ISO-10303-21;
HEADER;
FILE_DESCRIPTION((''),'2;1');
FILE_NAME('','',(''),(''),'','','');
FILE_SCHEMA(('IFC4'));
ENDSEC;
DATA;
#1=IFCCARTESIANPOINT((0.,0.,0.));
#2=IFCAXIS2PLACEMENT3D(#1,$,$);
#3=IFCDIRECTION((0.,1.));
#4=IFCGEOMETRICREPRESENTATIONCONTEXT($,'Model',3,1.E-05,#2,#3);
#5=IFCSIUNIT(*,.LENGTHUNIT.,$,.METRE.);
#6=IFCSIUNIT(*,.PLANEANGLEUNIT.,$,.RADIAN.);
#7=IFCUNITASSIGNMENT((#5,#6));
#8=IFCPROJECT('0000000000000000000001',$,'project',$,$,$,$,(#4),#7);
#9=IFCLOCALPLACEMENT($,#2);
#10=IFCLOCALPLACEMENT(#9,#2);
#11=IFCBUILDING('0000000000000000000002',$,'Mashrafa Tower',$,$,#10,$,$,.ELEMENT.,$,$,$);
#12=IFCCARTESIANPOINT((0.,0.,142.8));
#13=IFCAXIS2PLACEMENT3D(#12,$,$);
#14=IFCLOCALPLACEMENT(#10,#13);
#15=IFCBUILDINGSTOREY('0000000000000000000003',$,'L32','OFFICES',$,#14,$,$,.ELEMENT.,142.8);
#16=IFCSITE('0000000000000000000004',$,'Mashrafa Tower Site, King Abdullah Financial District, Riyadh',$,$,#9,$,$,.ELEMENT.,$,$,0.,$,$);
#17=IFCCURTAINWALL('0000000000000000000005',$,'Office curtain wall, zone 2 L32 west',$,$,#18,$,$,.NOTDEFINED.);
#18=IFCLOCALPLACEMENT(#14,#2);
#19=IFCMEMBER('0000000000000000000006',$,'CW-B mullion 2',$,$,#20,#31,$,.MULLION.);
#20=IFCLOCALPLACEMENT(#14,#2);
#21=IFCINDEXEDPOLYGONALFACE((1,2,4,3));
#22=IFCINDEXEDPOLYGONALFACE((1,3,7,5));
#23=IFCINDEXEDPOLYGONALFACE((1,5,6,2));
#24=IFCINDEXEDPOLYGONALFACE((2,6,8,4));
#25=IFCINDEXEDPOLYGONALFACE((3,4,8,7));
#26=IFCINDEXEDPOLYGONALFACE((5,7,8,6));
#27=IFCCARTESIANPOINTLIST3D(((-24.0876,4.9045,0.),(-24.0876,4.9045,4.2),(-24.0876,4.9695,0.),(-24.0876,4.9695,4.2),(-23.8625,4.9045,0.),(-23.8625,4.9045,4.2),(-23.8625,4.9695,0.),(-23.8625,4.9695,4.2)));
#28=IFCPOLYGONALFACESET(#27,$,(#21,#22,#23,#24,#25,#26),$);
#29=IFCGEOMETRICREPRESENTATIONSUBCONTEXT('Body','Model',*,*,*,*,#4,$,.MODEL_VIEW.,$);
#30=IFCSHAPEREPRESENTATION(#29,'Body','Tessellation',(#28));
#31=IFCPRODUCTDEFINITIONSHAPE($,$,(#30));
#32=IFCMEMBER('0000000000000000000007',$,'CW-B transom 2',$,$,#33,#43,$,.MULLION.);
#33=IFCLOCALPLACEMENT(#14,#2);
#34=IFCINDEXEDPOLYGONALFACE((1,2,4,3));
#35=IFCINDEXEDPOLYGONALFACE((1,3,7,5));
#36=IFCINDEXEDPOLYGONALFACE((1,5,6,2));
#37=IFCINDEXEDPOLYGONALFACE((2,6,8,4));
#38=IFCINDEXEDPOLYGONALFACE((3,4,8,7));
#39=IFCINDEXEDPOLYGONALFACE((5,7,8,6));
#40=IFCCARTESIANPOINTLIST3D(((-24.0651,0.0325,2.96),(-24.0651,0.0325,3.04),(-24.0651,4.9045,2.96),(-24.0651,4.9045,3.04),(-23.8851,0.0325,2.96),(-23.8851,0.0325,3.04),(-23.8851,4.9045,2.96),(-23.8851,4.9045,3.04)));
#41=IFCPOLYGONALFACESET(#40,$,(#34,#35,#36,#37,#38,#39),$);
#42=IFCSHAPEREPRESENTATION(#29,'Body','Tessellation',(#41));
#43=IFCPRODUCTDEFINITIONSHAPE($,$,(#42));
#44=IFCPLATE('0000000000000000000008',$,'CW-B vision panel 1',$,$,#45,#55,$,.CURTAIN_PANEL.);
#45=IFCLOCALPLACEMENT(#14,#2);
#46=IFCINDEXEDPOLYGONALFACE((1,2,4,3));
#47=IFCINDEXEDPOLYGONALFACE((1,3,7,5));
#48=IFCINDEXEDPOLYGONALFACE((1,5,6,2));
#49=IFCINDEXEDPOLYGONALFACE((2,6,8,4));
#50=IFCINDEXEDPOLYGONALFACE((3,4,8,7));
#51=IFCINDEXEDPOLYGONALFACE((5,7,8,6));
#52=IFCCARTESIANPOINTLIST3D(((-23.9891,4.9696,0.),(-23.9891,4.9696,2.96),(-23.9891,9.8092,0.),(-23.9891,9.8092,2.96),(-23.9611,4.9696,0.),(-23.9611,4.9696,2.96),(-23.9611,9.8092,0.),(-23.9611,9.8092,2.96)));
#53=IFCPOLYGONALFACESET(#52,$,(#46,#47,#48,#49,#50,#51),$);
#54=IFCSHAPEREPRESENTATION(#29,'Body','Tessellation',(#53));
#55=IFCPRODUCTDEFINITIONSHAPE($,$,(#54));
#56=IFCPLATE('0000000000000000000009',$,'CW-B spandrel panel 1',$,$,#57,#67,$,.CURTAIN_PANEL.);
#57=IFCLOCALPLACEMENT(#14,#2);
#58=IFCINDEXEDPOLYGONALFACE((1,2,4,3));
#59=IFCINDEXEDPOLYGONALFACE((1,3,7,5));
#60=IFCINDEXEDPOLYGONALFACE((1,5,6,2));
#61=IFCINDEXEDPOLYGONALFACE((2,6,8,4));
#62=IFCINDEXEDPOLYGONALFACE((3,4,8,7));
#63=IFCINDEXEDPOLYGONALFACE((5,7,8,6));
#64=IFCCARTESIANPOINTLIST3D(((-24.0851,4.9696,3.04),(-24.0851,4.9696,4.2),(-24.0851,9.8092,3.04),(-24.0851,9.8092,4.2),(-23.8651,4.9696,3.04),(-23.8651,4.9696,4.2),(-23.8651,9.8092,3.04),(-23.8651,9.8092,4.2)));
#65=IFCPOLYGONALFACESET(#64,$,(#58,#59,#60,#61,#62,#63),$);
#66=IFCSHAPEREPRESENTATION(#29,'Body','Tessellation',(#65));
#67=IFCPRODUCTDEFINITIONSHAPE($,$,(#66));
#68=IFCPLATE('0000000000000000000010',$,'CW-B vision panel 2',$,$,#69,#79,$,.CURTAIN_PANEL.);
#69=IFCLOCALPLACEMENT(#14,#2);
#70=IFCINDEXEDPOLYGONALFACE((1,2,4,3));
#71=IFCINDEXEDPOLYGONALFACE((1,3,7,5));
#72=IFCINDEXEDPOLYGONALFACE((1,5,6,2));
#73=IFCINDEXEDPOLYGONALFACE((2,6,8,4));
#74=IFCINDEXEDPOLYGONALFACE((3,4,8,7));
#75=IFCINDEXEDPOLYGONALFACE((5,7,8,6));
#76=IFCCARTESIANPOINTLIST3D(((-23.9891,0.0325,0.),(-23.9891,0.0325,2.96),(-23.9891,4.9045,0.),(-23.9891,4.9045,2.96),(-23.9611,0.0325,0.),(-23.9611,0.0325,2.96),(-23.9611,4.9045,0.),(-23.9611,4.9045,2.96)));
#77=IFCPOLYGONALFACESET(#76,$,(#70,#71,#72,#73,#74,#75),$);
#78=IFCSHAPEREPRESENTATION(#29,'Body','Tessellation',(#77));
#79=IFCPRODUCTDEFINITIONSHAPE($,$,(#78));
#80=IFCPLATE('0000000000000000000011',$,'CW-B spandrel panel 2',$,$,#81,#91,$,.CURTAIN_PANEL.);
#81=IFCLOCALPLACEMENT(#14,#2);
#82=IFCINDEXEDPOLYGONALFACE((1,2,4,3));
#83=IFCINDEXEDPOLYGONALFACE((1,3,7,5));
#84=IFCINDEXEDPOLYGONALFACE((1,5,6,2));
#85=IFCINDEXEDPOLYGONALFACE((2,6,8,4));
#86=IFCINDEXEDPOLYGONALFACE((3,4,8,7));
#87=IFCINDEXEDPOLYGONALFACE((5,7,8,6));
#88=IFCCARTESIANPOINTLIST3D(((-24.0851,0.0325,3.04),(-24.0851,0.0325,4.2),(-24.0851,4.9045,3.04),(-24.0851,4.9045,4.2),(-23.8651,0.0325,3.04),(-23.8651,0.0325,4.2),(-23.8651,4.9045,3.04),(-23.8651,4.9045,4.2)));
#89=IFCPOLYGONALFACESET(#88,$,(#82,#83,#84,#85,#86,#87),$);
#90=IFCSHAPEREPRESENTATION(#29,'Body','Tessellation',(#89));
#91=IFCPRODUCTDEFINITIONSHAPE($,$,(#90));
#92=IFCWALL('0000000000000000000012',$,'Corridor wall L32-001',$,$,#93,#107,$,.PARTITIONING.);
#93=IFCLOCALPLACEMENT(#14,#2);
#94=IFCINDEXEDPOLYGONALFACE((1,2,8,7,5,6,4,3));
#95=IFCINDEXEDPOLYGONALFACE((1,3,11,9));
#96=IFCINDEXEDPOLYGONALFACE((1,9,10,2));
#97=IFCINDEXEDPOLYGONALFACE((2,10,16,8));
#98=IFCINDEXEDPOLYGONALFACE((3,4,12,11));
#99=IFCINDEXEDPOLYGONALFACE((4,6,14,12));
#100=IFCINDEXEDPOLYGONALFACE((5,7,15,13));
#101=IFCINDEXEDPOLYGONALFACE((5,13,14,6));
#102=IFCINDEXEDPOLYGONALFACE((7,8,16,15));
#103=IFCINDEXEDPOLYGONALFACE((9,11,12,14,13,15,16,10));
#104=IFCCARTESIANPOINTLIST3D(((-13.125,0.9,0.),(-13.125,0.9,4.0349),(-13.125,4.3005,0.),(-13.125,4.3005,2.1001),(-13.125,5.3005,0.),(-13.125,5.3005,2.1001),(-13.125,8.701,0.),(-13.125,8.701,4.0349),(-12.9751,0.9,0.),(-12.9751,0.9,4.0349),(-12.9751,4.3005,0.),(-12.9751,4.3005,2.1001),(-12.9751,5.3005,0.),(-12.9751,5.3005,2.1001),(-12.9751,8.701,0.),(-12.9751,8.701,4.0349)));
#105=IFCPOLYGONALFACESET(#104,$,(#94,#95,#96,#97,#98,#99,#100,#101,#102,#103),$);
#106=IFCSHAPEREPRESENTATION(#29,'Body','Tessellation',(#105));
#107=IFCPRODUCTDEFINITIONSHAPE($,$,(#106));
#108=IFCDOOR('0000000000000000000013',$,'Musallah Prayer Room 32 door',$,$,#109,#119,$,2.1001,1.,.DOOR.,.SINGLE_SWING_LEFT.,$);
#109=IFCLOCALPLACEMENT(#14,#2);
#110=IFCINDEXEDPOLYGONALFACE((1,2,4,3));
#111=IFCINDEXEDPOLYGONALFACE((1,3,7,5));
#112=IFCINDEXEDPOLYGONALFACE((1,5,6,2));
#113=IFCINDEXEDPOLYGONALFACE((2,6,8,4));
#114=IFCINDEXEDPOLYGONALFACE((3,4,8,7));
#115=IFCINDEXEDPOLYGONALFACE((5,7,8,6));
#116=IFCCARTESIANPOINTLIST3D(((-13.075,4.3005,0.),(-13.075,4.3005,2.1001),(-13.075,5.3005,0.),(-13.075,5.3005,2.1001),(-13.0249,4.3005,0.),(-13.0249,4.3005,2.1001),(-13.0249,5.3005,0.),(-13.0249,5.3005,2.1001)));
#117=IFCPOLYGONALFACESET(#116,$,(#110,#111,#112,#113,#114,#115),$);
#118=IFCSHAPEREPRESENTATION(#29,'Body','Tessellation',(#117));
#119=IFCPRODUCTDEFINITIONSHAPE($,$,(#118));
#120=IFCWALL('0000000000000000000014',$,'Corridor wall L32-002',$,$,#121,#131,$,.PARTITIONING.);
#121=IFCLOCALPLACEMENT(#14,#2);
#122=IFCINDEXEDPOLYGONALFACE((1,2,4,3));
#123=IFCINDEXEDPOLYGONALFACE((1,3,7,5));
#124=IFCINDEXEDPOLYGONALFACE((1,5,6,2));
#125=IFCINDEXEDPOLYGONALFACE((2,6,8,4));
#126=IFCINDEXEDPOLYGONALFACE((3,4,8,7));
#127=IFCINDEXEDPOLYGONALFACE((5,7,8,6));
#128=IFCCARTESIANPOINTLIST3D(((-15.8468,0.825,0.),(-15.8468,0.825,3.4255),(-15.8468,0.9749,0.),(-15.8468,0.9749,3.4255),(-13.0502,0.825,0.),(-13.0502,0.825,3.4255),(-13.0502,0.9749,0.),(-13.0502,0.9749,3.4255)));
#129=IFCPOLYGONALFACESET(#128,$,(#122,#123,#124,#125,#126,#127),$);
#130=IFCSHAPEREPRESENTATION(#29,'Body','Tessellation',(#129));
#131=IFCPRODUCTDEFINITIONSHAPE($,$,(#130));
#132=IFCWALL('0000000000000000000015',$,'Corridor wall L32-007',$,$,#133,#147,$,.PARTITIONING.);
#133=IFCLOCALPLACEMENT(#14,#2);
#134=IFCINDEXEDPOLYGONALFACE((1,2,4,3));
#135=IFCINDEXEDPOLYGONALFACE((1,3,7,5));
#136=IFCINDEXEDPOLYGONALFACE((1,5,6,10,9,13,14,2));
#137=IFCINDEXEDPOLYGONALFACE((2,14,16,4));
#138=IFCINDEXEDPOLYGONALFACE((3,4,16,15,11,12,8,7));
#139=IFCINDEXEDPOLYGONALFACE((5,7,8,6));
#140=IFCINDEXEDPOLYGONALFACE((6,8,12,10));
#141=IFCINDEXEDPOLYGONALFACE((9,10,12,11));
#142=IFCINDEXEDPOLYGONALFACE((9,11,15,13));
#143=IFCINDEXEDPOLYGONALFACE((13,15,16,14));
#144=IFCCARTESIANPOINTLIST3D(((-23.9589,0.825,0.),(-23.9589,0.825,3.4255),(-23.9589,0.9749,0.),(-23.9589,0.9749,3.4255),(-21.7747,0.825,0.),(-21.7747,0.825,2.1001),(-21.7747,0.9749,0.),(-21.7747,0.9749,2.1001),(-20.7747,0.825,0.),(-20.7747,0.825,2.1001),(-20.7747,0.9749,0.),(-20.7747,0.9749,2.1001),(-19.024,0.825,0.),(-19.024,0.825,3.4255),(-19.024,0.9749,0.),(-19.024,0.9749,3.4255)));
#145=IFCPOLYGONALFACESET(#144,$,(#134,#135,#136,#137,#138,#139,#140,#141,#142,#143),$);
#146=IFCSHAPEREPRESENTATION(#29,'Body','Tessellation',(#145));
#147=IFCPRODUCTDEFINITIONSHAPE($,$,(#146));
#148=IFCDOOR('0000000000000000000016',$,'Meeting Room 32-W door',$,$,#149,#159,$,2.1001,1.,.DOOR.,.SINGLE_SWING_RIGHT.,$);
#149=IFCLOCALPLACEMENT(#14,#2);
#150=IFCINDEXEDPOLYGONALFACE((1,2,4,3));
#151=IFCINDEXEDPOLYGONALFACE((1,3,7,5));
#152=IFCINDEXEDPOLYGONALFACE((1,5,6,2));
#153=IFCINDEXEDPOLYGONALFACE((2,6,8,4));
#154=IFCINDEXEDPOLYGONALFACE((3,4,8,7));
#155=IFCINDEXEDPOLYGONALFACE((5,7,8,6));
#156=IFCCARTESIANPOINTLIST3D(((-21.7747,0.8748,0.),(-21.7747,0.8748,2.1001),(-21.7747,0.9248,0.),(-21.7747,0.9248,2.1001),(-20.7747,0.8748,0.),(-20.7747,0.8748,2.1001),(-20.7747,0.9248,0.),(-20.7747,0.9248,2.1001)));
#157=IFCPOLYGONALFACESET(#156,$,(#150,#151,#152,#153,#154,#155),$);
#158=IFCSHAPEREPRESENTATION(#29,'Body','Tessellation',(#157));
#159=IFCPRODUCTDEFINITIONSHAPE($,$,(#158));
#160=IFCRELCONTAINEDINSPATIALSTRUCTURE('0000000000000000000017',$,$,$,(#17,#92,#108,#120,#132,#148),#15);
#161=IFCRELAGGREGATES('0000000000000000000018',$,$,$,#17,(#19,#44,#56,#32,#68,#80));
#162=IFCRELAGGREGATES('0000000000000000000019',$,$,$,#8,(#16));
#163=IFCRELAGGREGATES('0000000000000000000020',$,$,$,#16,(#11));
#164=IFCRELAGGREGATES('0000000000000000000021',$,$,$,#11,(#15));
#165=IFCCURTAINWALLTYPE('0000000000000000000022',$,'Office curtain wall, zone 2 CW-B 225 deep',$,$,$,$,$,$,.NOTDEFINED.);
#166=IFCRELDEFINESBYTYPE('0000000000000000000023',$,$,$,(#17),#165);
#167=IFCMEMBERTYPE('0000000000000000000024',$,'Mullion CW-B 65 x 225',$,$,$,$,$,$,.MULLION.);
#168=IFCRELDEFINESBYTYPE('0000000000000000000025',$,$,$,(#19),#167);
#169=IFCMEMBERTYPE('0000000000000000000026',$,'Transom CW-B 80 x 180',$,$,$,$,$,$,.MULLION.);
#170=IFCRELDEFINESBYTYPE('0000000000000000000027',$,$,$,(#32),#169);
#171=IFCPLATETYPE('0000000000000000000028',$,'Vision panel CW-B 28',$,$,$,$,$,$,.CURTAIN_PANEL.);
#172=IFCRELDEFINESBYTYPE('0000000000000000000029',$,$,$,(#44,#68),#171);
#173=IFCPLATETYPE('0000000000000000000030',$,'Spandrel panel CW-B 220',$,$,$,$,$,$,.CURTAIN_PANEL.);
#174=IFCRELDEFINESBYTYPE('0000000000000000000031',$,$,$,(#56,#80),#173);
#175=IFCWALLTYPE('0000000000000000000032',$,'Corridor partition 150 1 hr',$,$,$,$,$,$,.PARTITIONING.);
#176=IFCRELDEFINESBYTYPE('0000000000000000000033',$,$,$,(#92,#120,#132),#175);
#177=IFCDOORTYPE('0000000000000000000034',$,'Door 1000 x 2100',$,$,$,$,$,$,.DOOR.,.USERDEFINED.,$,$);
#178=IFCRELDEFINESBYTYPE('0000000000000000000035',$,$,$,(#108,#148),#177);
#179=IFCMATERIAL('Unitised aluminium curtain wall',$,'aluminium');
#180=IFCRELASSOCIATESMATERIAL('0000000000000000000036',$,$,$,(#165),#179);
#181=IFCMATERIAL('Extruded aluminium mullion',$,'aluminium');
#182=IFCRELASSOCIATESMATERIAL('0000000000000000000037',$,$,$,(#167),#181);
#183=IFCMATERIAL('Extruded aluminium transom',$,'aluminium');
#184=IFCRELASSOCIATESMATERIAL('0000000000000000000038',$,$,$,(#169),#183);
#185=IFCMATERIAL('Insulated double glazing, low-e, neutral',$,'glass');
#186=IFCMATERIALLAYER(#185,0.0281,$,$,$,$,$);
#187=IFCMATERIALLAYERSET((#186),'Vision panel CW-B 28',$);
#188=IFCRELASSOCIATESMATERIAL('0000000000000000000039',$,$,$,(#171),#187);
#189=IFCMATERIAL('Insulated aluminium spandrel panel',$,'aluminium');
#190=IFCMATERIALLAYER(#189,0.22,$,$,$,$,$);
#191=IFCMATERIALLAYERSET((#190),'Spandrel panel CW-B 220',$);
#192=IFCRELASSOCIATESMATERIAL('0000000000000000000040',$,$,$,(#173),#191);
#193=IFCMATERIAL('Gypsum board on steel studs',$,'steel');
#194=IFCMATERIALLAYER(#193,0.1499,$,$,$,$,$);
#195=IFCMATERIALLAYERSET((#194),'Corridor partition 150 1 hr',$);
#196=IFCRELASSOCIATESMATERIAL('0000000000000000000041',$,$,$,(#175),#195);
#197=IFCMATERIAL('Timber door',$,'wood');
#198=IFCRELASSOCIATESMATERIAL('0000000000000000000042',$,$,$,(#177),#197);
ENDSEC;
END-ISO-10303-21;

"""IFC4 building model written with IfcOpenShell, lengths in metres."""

from ifc_helpers import new_model, si_unit, direction, frame, frame_2d, origin, origin_2d, place, context, subcontext, project, spatial, rectangle, extrude, source, transform, mapped, material, layer, layer_set, material_profile, profile_set, type_object, type_shapes, element, fill, aggregate, save


model = new_model("IFC4")

# Units and contexts
model_context = context("Model", 3, precision=1e-05, world=origin(), true_north=direction((0.0, 1.0)))
body_context = subcontext(model_context, "Body", "Model", "MODEL_VIEW")
ifc_project = project(units=[si_unit("LENGTHUNIT", "METRE"), si_unit("PLANEANGLEUNIT", "RADIAN")], contexts=[model_context])

# Site, building, storey
site_placement = place(None, origin())
site = spatial("IfcSite", under=ifc_project, at=site_placement, Name="Mashrafa Tower Site, King Abdullah Financial District, Riyadh", CompositionType="ELEMENT", RefElevation=0.0)
building_placement = place(site_placement, origin())
building = spatial("IfcBuilding", under=site, at=building_placement, Name="Mashrafa Tower", CompositionType="ELEMENT")
storey_placement = place(building_placement, frame((0.0, 0.0, 142.8)))
storey = spatial("IfcBuildingStorey", under=building, at=storey_placement, Name="L32", Description="OFFICES", CompositionType="ELEMENT", Elevation=142.8)

# Curtain wall, members, plates
ifc_material_1 = material(Name="Unitised aluminium curtain wall", Category="aluminium")
curtain_wall_type = type_object("IfcCurtainWallType", Name="Office curtain wall, zone 2 CW-B 225 deep", PredefinedType="NOTDEFINED", material=ifc_material_1)
curtain_wall_placement = place(storey_placement, origin())
curtain_wall = element("IfcCurtainWall", 1, at=curtain_wall_placement, inside=storey, type_object=curtain_wall_type, Name="Office curtain wall, zone 2 L32 west", PredefinedType="NOTDEFINED")
ifc_material_2 = material(Name="Extruded aluminium mullion", Category="aluminium")
ifc_material_profile_1 = material_profile(ifc_material_2, rectangle(XDim=0.2251, YDim=0.0649, at=origin_2d()), Name="Mullion 65x225")
ifc_profile_set_1 = profile_set([ifc_material_profile_1], Name="Extruded aluminium mullion")
member_type_1 = type_object("IfcMemberType", Name="Mullion CW-B 65 x 225", PredefinedType="MULLION", material=ifc_profile_set_1)
shared_shape_1 = source(origin(), body_context, "Body", "SweptSolid", [
    extrude(rectangle(XDim=0.2251, YDim=0.0649, at=origin_2d()), origin(), (0.0, 0.0, 1.0), 4.2),
])
type_shapes(member_type_1, [shared_shape_1])
member_1_placement = place(storey_placement, frame((-23.9751, 4.937, 0.0), z_axis=(0.0, 0.0, 1.0), x_axis=(1.0, 0.0, 0.0)))
member_1 = element("IfcMember", 2, at=member_1_placement, type_object=member_type_1, Name="CW-B mullion 2", PredefinedType="MULLION", context=body_context, shape_type="MappedRepresentation", body=[
    mapped(shared_shape_1, transform((0.0, 0.0, 0.0))),
])
ifc_material_3 = material(Name="Extruded aluminium transom", Category="aluminium")
ifc_material_profile_2 = material_profile(ifc_material_3, rectangle(XDim=0.1799, YDim=0.0801, at=origin_2d()), Name="Transom 80x180")
ifc_profile_set_2 = profile_set([ifc_material_profile_2], Name="Extruded aluminium transom")
member_type_2 = type_object("IfcMemberType", Name="Transom CW-B 80 x 180", PredefinedType="MULLION", material=ifc_profile_set_2)
shared_shape_2 = source(origin(), body_context, "Body", "SweptSolid", [
    extrude(rectangle(XDim=0.1799, YDim=0.0801, at=origin_2d()), origin(), (0.0, 0.0, 1.0), 4.8721),
])
type_shapes(member_type_2, [shared_shape_2])
member_2_placement = place(storey_placement, frame((-23.9751, 4.9045, 3.0), z_axis=(0.0, -1.0, 0.0), x_axis=(1.0, 0.0, 0.0)))
member_2 = element("IfcMember", 3, at=member_2_placement, type_object=member_type_2, Name="CW-B transom 2", PredefinedType="MULLION", context=body_context, shape_type="MappedRepresentation", body=[
    mapped(shared_shape_2, transform((0.0, 0.0, 0.0))),
])
ifc_material_4 = material(Name="Insulated double glazing, low-e, neutral", Category="glass")
ifc_layer_1 = layer(ifc_material_4, 0.0281)
ifc_layer_set_1 = layer_set([ifc_layer_1], Name="Vision panel CW-B 28")
plate_type_1 = type_object("IfcPlateType", Name="Vision panel CW-B 28", PredefinedType="CURTAIN_PANEL", material=ifc_layer_set_1)
shared_shape_3 = source(origin(), body_context, "Body", "SweptSolid", [
    extrude(rectangle(XDim=4.8396, YDim=0.0281, at=origin_2d()), origin(), (0.0, 0.0, 1.0), 2.96),
])
plate_1_placement = place(storey_placement, frame((-23.9751, 7.3894, 0.0), z_axis=(0.0, 0.0, 1.0), x_axis=(0.0, -1.0, 0.0)))
plate_1 = element("IfcPlate", 4, at=plate_1_placement, type_object=plate_type_1, Name="CW-B vision panel 1", PredefinedType="CURTAIN_PANEL", context=body_context, shape_type="MappedRepresentation", body=[
    mapped(shared_shape_3, transform((0.0, 0.0, 0.0))),
])
ifc_material_5 = material(Name="Insulated aluminium spandrel panel", Category="aluminium")
ifc_layer_2 = layer(ifc_material_5, 0.22)
ifc_layer_set_2 = layer_set([ifc_layer_2], Name="Spandrel panel CW-B 220")
plate_type_2 = type_object("IfcPlateType", Name="Spandrel panel CW-B 220", PredefinedType="CURTAIN_PANEL", material=ifc_layer_set_2)
shared_shape_4 = source(origin(), body_context, "Body", "SweptSolid", [
    extrude(rectangle(XDim=4.8396, YDim=0.22, at=origin_2d()), origin(), (0.0, 0.0, 1.0), 1.1599),
])
plate_2_placement = place(storey_placement, frame((-23.9751, 7.3894, 3.04), z_axis=(0.0, 0.0, 1.0), x_axis=(0.0, -1.0, 0.0)))
plate_2 = element("IfcPlate", 5, at=plate_2_placement, type_object=plate_type_2, Name="CW-B spandrel panel 1", PredefinedType="CURTAIN_PANEL", context=body_context, shape_type="MappedRepresentation", body=[
    mapped(shared_shape_4, transform((0.0, 0.0, 0.0))),
])
shared_shape_5 = source(origin(), body_context, "Body", "SweptSolid", [
    extrude(rectangle(XDim=4.8721, YDim=0.0281, at=origin_2d()), origin(), (0.0, 0.0, 1.0), 2.96),
])
type_shapes(plate_type_1, [shared_shape_3, shared_shape_5])
plate_3_placement = place(storey_placement, frame((-23.9751, 2.4685, 0.0), z_axis=(0.0, 0.0, 1.0), x_axis=(0.0, -1.0, 0.0)))
plate_3 = element("IfcPlate", 6, at=plate_3_placement, type_object=plate_type_1, Name="CW-B vision panel 2", PredefinedType="CURTAIN_PANEL", context=body_context, shape_type="MappedRepresentation", body=[
    mapped(shared_shape_5, transform((0.0, 0.0, 0.0))),
])
shared_shape_6 = source(origin(), body_context, "Body", "SweptSolid", [
    extrude(rectangle(XDim=4.8721, YDim=0.22, at=origin_2d()), origin(), (0.0, 0.0, 1.0), 1.1599),
])
type_shapes(plate_type_2, [shared_shape_4, shared_shape_6])
plate_4_placement = place(storey_placement, frame((-23.9751, 2.4685, 3.04), z_axis=(0.0, 0.0, 1.0), x_axis=(0.0, -1.0, 0.0)))
plate_4 = element("IfcPlate", 7, at=plate_4_placement, type_object=plate_type_2, Name="CW-B spandrel panel 2", PredefinedType="CURTAIN_PANEL", context=body_context, shape_type="MappedRepresentation", body=[
    mapped(shared_shape_6, transform((0.0, 0.0, 0.0))),
])
aggregate(curtain_wall, [member_1, plate_1, plate_2, member_2, plate_3, plate_4])

# Wall, opening, door
ifc_material_6 = material(Name="Gypsum board on steel studs", Category="steel")
ifc_layer_3 = layer(ifc_material_6, 0.1499)
ifc_layer_set_3 = layer_set([ifc_layer_3], Name="Corridor partition 150 1 hr")
wall_type_1 = type_object("IfcWallType", Name="Corridor partition 150 1 hr", PredefinedType="PARTITIONING", material=ifc_layer_set_3)
wall_1_placement = place(storey_placement, frame((-13.05, 8.7009, 0.0), z_axis=(0.0, 0.0, 1.0), x_axis=(0.0, -1.0, 0.0)))
wall_1 = element("IfcWall", 8, at=wall_1_placement, inside=storey, type_object=wall_type_1, Name="Corridor wall L32-001", PredefinedType="PARTITIONING", context=body_context, shape_type="SweptSolid", body=[
    extrude(rectangle(XDim=7.801, YDim=0.1499, at=frame_2d((3.9004, 0.0))), origin(), (0.0, 0.0, 1.0), 4.0349),
])
opening_1_placement = place(wall_1_placement, frame((3.4004, 0.0, 0.0)))
opening_1 = element("IfcOpeningElement", 9, at=opening_1_placement, cuts=wall_1, PredefinedType="OPENING", context=body_context, shape_type="SweptSolid", body=[
    extrude(rectangle(XDim=1.0, YDim=2.1001, at=frame_2d((0.5, 1.05))), frame((0.0, 0.085, 0.0), z_axis=(0.0, -1.0, 0.0), x_axis=(1.0, 0.0, 0.0)), (0.0, 0.0, 1.0), 0.1699),
])
ifc_material_7 = material(Name="Timber door", Category="wood")
door_type_1 = type_object("IfcDoorType", Name="Door 1000 x 2100", OperationType="USERDEFINED", PredefinedType="DOOR", material=ifc_material_7)
door_1_placement = place(opening_1_placement, frame((1.0, 0.0, 0.0), z_axis=(0.0, 0.0, 1.0), x_axis=(-1.0, 0.0, 0.0)))
door_1 = element("IfcDoor", 10, at=door_1_placement, inside=storey, type_object=door_type_1, Name="Musallah Prayer Room 32 door", OperationType="SINGLE_SWING_LEFT", OverallHeight=2.1001, OverallWidth=1.0, PredefinedType="DOOR", context=body_context, shape_type="SweptSolid", body=[
    extrude(rectangle(XDim=1.0, YDim=2.1001, at=frame_2d((0.5, 1.05))), frame((0.0, 0.0249, 0.0), z_axis=(0.0, -1.0, 0.0), x_axis=(1.0, 0.0, 0.0)), (0.0, 0.0, 1.0), 0.05),
])
fill(opening_1, door_1)

# Wall
wall_2_placement = place(storey_placement, frame((-13.05, 0.8999, 0.0), z_axis=(0.0, 0.0, 1.0), x_axis=(-1.0, 0.0, 0.0)))
element("IfcWall", 11, at=wall_2_placement, inside=storey, type_object=wall_type_1, Name="Corridor wall L32-002", PredefinedType="PARTITIONING", context=body_context, shape_type="SweptSolid", body=[
    extrude(rectangle(XDim=2.7966, YDim=0.1499, at=frame_2d((1.3984, 0.0))), origin(), (0.0, 0.0, 1.0), 3.4255),
])

# Wall, opening, door
wall_3_placement = place(storey_placement, frame((-19.0242, 0.8999, 0.0), z_axis=(0.0, 0.0, 1.0), x_axis=(-1.0, 0.0, 0.0)))
wall_3 = element("IfcWall", 12, at=wall_3_placement, inside=storey, type_object=wall_type_1, Name="Corridor wall L32-007", PredefinedType="PARTITIONING", context=body_context, shape_type="SweptSolid", body=[
    extrude(rectangle(XDim=4.9348, YDim=0.1499, at=frame_2d((2.4673, 0.0))), origin(), (0.0, 0.0, 1.0), 3.4255),
])
opening_2_placement = place(wall_3_placement, frame((1.7505, 0.0, 0.0)))
opening_2 = element("IfcOpeningElement", 13, at=opening_2_placement, cuts=wall_3, PredefinedType="OPENING", context=body_context, shape_type="SweptSolid", body=[
    extrude(rectangle(XDim=1.0, YDim=2.1001, at=frame_2d((0.5, 1.05))), frame((0.0, 0.085, 0.0), z_axis=(0.0, -1.0, 0.0), x_axis=(1.0, 0.0, 0.0)), (0.0, 0.0, 1.0), 0.1699),
])
door_2_placement = place(opening_2_placement, frame((1.0, 0.0, 0.0), z_axis=(0.0, 0.0, 1.0), x_axis=(-1.0, 0.0, 0.0)))
door_2 = element("IfcDoor", 14, at=door_2_placement, inside=storey, type_object=door_type_1, Name="Meeting Room 32-W door", OperationType="SINGLE_SWING_RIGHT", OverallHeight=2.1001, OverallWidth=1.0, PredefinedType="DOOR", context=body_context, shape_type="SweptSolid", body=[
    extrude(rectangle(XDim=1.0, YDim=2.1001, at=frame_2d((0.5, 1.05))), frame((0.0, 0.0249, 0.0), z_axis=(0.0, -1.0, 0.0), x_axis=(1.0, 0.0, 0.0)), (0.0, 0.0, 1.0), 0.05),
])
fill(opening_2, door_2)

save(model, "model.ifc")
